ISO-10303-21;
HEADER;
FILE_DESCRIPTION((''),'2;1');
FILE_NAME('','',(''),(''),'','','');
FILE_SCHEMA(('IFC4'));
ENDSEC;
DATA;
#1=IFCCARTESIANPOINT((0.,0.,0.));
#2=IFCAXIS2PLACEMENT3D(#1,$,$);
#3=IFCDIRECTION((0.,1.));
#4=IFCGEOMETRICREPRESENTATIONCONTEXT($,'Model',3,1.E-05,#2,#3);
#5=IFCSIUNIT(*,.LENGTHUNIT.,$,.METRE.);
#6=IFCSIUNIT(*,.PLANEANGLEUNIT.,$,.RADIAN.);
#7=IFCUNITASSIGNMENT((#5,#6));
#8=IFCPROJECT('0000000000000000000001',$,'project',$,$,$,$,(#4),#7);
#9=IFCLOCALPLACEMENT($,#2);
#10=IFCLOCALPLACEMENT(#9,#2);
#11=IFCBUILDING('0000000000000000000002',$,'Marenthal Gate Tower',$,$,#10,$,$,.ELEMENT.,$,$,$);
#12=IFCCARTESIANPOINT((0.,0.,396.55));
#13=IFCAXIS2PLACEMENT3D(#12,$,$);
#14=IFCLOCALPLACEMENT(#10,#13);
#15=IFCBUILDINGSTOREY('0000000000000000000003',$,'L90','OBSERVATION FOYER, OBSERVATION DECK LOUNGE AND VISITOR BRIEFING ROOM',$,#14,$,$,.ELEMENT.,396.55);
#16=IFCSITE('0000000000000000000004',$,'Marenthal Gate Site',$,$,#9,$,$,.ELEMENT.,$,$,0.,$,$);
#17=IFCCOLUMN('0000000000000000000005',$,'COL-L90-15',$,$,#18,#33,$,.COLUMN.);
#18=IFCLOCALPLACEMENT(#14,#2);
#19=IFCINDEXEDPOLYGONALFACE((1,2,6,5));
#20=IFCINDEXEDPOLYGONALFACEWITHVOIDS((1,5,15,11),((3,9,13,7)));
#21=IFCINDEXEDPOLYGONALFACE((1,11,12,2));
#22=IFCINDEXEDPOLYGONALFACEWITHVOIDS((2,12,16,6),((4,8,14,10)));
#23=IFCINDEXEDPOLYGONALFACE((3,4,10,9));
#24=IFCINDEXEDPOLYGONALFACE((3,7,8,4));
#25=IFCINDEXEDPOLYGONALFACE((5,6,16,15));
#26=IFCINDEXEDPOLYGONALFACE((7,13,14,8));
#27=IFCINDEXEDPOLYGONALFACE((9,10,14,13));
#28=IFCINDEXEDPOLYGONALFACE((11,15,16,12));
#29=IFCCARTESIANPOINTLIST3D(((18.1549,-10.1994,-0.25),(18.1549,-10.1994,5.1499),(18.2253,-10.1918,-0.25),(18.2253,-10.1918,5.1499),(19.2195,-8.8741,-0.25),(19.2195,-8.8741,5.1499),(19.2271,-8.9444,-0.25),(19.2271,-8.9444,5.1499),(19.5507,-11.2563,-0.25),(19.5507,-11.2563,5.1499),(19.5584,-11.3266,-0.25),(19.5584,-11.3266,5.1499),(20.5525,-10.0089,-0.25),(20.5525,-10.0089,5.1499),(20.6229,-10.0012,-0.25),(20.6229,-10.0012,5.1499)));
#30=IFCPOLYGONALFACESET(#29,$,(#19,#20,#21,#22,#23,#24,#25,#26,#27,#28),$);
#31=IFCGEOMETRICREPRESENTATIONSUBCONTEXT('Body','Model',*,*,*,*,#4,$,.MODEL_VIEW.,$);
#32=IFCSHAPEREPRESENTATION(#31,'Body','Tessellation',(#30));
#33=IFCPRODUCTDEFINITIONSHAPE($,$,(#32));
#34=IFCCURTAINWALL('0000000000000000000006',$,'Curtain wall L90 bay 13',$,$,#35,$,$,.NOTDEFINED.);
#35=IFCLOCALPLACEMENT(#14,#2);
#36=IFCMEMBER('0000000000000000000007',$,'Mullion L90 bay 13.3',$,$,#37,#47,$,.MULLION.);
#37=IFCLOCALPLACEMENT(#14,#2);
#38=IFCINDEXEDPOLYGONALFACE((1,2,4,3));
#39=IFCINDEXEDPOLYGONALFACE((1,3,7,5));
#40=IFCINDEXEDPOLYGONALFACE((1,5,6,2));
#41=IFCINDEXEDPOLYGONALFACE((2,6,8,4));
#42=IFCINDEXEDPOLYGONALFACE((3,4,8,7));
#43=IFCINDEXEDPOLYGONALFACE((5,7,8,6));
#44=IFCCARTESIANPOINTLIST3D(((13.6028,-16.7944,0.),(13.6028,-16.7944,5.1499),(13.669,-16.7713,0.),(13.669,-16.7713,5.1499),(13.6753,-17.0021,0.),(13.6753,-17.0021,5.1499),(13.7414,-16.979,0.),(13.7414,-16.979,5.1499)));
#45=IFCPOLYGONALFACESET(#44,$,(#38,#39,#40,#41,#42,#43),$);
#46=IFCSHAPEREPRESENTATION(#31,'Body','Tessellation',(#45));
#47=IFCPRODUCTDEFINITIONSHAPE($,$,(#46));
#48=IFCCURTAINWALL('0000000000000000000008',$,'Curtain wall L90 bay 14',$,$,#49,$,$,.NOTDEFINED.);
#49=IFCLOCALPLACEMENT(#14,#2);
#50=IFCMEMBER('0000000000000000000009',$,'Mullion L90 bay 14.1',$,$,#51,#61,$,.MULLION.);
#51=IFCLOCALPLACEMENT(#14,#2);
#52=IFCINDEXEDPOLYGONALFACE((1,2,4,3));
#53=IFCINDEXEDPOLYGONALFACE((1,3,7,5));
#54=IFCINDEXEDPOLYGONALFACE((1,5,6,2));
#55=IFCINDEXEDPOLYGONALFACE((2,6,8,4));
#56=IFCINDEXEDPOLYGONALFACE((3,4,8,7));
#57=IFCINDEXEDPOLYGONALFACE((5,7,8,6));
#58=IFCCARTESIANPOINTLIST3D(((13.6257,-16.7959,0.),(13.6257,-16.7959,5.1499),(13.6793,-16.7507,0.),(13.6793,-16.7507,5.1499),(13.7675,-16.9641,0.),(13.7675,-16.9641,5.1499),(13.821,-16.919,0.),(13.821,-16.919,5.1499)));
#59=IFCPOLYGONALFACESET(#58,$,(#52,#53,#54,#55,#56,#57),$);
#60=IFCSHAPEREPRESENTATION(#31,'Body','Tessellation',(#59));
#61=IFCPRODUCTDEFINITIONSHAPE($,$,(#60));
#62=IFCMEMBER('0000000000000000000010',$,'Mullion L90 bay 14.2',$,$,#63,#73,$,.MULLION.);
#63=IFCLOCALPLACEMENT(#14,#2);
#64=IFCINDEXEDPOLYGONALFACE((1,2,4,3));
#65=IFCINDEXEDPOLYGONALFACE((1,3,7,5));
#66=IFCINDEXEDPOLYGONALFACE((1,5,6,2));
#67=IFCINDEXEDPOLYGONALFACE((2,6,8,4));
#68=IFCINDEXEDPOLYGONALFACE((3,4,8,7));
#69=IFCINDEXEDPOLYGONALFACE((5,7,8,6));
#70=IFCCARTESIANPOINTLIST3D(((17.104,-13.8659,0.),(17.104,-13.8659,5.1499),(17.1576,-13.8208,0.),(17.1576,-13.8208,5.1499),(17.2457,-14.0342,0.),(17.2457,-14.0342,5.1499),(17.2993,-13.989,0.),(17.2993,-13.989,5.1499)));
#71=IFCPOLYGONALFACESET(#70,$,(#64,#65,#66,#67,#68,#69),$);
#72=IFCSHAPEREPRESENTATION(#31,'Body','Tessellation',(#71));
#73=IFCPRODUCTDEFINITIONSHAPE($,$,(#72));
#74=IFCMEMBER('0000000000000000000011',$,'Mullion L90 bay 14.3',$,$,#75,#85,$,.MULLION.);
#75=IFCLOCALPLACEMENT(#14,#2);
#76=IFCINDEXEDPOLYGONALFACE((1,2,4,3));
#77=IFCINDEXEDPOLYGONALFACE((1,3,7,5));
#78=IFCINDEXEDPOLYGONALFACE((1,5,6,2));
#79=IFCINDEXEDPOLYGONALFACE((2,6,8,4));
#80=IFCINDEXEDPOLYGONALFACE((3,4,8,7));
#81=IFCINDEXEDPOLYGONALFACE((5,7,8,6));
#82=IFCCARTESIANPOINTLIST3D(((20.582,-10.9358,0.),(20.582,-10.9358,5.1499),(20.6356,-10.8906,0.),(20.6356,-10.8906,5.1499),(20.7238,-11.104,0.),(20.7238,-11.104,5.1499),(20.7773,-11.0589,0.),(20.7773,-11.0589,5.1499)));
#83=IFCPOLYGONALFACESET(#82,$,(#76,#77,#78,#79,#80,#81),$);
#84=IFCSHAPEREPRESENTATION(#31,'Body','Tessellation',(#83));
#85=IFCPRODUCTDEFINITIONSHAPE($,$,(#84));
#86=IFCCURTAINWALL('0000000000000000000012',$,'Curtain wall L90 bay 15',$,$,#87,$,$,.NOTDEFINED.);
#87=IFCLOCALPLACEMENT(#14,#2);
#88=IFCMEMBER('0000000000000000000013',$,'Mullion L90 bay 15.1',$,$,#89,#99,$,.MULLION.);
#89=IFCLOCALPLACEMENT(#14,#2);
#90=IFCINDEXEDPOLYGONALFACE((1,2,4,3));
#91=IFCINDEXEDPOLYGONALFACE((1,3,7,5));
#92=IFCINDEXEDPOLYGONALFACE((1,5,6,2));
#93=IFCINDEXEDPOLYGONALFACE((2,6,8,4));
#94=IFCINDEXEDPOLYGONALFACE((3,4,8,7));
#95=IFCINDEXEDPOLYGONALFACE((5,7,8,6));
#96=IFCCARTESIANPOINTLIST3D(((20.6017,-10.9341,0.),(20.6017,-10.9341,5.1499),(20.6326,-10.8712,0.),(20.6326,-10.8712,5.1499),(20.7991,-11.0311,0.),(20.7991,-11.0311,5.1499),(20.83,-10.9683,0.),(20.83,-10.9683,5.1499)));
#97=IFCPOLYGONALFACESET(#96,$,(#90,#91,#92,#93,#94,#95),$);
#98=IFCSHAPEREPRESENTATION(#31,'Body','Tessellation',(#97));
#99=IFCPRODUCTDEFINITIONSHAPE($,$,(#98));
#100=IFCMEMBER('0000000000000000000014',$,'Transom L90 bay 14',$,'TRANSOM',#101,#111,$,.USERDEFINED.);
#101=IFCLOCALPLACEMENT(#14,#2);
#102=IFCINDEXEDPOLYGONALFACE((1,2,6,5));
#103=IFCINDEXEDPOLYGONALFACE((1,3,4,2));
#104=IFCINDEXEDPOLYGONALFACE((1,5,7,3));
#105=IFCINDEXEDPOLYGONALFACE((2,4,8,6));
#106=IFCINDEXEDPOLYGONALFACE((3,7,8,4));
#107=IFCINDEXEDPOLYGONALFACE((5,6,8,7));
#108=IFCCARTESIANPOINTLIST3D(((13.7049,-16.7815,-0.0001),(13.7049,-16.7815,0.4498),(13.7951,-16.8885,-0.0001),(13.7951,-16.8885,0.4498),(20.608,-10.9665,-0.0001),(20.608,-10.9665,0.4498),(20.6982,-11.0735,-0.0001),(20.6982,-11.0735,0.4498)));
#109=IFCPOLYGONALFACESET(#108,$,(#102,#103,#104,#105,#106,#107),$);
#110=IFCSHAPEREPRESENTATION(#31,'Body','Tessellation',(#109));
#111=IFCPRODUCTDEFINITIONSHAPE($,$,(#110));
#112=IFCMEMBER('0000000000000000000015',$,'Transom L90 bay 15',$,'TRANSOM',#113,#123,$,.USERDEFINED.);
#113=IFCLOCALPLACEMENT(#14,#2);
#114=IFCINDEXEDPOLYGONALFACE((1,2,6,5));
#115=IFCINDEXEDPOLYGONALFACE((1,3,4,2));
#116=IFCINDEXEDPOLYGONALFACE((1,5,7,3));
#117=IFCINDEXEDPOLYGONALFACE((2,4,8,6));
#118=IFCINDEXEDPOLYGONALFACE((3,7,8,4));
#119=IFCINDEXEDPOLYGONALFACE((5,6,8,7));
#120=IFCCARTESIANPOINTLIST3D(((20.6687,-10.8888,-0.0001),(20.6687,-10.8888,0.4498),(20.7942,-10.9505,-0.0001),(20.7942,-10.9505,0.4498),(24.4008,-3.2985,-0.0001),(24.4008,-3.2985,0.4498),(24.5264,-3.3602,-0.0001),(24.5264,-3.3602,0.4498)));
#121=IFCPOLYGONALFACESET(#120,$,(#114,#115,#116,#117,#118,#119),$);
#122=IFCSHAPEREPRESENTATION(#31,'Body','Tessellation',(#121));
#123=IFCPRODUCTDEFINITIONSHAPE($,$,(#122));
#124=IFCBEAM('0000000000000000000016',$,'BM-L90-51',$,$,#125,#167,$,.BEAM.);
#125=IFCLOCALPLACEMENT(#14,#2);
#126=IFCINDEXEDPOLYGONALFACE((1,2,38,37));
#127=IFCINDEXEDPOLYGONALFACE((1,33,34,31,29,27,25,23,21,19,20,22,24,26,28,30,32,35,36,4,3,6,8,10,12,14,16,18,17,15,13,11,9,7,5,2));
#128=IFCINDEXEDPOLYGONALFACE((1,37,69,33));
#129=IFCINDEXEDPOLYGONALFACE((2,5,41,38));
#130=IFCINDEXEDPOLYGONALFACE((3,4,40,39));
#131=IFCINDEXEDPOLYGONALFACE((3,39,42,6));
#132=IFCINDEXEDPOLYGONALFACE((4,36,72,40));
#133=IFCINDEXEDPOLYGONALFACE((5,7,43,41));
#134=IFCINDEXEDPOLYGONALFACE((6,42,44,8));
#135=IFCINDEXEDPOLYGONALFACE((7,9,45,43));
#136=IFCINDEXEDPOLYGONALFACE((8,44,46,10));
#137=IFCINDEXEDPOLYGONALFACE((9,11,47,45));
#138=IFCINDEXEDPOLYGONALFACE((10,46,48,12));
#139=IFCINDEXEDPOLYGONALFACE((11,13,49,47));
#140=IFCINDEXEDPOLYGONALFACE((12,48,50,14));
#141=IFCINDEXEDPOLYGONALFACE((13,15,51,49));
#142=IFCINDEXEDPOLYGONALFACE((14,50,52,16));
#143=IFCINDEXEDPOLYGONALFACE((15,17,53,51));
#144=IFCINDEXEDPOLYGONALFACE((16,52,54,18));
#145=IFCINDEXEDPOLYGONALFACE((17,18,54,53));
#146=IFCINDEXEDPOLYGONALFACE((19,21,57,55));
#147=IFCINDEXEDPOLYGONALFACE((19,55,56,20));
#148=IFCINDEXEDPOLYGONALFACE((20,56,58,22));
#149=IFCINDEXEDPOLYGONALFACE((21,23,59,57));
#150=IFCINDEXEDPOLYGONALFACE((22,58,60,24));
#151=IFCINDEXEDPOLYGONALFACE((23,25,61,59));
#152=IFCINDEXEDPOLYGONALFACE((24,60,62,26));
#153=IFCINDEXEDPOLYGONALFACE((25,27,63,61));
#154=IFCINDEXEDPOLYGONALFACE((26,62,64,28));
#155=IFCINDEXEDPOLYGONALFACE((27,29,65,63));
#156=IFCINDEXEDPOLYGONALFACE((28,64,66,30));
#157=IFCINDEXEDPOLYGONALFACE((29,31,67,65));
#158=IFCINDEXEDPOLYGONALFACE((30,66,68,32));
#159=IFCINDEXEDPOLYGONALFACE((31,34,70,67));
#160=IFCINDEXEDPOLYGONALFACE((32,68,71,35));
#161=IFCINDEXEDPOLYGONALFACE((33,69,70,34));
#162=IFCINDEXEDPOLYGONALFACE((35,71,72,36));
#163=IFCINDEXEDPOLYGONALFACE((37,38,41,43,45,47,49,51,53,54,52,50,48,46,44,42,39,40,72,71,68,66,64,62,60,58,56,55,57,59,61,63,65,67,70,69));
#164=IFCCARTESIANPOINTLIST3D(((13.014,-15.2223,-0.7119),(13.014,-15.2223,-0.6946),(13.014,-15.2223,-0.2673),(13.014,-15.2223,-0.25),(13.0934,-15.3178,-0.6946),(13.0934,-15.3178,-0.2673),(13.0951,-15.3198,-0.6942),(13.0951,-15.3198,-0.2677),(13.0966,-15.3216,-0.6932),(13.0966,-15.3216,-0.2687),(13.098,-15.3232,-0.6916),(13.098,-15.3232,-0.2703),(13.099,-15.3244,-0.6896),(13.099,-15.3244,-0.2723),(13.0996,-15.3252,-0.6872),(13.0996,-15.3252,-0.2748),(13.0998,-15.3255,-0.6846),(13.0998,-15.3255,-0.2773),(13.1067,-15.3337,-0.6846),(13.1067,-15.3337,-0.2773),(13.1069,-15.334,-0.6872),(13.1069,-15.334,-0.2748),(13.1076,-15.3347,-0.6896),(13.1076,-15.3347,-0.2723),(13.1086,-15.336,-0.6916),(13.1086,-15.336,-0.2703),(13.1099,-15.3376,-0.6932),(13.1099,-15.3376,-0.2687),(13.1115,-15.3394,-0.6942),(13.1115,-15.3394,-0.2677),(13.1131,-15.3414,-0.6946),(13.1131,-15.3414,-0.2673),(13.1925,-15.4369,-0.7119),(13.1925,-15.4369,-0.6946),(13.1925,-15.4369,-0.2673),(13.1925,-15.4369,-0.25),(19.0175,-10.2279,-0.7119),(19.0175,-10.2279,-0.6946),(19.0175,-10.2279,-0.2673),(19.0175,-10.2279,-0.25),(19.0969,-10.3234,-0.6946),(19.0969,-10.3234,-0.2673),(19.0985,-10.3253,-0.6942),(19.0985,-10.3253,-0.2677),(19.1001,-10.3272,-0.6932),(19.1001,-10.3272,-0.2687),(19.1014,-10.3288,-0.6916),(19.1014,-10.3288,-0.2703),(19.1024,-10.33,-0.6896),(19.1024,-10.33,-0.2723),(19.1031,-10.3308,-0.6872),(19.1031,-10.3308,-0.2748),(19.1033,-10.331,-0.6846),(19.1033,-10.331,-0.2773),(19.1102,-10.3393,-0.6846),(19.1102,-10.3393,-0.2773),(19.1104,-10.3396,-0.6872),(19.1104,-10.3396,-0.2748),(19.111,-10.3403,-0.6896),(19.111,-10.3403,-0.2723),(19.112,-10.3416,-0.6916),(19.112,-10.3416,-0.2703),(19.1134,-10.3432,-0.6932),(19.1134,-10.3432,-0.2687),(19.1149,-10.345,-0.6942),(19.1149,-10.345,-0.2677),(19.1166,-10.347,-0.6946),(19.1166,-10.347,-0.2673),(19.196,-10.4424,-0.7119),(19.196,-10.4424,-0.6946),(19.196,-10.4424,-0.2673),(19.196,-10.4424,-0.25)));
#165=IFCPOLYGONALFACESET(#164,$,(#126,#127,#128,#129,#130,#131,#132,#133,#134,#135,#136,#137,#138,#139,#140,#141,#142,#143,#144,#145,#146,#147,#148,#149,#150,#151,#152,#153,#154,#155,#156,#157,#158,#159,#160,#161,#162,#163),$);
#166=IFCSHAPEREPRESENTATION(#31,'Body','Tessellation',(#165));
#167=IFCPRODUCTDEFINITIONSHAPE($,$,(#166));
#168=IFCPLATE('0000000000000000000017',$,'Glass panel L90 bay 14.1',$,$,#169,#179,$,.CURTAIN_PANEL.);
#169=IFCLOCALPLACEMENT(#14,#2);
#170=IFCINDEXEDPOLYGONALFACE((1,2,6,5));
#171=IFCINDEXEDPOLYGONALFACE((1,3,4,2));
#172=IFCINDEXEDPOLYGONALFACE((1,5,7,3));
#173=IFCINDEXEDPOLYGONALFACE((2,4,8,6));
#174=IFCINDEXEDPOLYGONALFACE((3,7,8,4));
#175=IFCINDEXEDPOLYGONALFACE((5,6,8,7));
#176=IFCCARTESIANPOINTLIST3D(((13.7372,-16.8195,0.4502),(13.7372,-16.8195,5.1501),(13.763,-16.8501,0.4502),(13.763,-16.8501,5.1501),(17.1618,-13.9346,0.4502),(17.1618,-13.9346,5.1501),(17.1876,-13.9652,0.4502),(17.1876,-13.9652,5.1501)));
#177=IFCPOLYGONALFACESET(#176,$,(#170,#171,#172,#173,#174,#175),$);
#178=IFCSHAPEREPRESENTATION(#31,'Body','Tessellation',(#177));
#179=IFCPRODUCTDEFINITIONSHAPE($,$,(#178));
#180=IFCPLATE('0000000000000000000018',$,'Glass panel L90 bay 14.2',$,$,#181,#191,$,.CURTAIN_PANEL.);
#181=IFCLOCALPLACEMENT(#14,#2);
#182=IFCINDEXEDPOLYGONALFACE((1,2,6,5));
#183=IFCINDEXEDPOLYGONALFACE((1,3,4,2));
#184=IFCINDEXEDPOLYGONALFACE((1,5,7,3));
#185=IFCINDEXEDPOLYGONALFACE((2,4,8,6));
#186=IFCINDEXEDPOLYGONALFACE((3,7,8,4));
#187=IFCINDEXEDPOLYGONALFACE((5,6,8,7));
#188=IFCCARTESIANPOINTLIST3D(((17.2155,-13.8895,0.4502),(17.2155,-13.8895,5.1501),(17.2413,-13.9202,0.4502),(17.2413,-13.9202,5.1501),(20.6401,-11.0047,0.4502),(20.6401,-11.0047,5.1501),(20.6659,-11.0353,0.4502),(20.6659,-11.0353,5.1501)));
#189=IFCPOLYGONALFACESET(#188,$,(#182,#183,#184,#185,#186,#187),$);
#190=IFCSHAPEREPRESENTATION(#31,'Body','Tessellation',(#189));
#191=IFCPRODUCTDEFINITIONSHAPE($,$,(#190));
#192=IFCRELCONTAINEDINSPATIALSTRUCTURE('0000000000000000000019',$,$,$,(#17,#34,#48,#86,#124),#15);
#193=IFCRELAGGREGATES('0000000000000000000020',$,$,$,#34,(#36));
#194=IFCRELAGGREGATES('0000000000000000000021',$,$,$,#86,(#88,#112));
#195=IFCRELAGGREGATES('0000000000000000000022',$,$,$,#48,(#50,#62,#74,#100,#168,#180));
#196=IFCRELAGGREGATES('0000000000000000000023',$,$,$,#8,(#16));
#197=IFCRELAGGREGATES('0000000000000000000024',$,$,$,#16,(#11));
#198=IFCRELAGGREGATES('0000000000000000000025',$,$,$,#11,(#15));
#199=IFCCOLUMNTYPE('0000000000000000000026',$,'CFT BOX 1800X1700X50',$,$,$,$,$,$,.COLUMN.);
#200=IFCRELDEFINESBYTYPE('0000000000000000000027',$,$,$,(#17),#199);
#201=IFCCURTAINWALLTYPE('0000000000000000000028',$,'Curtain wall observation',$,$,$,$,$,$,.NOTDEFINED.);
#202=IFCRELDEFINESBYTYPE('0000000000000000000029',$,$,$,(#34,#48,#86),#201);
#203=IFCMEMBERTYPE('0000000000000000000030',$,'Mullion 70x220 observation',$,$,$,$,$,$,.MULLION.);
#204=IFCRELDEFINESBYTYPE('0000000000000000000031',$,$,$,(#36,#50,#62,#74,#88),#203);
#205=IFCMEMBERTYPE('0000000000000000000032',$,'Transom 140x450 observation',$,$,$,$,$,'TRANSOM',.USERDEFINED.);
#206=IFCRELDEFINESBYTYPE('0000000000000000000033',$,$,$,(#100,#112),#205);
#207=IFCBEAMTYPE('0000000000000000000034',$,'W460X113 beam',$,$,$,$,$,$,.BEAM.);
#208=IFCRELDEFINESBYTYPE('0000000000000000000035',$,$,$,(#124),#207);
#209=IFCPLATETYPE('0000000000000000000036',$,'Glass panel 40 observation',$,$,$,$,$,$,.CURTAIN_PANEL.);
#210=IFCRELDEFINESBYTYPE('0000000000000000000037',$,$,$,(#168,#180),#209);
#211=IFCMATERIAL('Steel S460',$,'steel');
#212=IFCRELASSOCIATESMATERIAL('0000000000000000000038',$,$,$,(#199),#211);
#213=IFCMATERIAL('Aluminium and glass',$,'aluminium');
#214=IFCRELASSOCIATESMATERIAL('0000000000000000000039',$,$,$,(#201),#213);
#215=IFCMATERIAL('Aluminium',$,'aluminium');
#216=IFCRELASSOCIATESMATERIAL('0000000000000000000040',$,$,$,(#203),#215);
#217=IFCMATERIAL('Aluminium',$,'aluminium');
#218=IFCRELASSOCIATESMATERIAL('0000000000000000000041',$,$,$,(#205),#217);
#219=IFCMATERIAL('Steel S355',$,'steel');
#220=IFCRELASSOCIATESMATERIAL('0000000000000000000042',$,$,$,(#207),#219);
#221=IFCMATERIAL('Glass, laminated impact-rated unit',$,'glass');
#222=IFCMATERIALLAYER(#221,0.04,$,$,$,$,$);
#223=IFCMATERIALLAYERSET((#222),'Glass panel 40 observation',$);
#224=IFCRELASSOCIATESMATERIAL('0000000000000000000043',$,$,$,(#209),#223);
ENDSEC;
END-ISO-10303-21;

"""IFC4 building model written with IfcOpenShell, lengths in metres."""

from ifc_helpers import new_model, si_unit, direction, frame, origin, origin_2d, place, context, subcontext, project, spatial, rectangle, hollow_rectangle, i_section, extrude, material, layer, layer_set, material_profile, profile_set, type_object, element, aggregate, save


model = new_model("IFC4")

# Units and contexts
model_context = context("Model", 3, precision=1e-05, world=origin(), true_north=direction((0.0, 1.0)))
body_context = subcontext(model_context, "Body", "Model", "MODEL_VIEW")
ifc_project = project(units=[si_unit("LENGTHUNIT", "METRE"), si_unit("PLANEANGLEUNIT", "RADIAN")], contexts=[model_context])

# Site, building, storey
site_placement = place(None, origin())
site = spatial("IfcSite", under=ifc_project, at=site_placement, Name="Marenthal Gate Site", CompositionType="ELEMENT", RefElevation=0.0)
building_placement = place(site_placement, origin())
building = spatial("IfcBuilding", under=site, at=building_placement, Name="Marenthal Gate Tower", CompositionType="ELEMENT")
storey_placement = place(building_placement, frame((0.0, 0.0, 396.55)))
storey = spatial("IfcBuildingStorey", under=building, at=storey_placement, Name="L90", Description="OBSERVATION FOYER, OBSERVATION DECK LOUNGE AND VISITOR BRIEFING ROOM", CompositionType="ELEMENT", Elevation=396.55)

# Column
ifc_material_1 = material(Name="Steel S460", Category="steel")
ifc_material_profile_1 = material_profile(ifc_material_1, hollow_rectangle(XDim=1.7, YDim=1.8, WallThickness=0.05, at=origin_2d()), Name="CFT BOX 1800X1700X50")
ifc_material_2 = material(Name="Concrete 70 MPa", Category="concrete")
ifc_material_profile_2 = material_profile(ifc_material_2, rectangle(XDim=1.6001, YDim=1.7, at=origin_2d()), Name="CFT BOX 1800X1700X50 INFILL")
ifc_profile_set_1 = profile_set([ifc_material_profile_1, ifc_material_profile_2], Name="Steel S460 shell, Concrete 70 MPa infill")
column_type = type_object("IfcColumnType", Name="CFT BOX 1800X1700X50", PredefinedType="COLUMN", material=ifc_profile_set_1)
column_placement = place(storey_placement, frame((19.3889, -10.1003, -0.25), z_axis=(0.0, 0.0, 1.0), x_axis=(-0.626198, -0.779664, 0.0)))
element("IfcColumn", 1, at=column_placement, inside=storey, type_object=column_type, Name="COL-L90-15", PredefinedType="COLUMN", context=body_context, shape_type="SweptSolid", body=[
    extrude(hollow_rectangle(XDim=1.7, YDim=1.8, WallThickness=0.05, at=origin_2d()), origin(), (0.0, 0.0, 1.0), 5.3999),
])

# Curtain wall, member
ifc_material_3 = material(Name="Aluminium and glass", Category="aluminium")
curtain_wall_type = type_object("IfcCurtainWallType", Name="Curtain wall observation", PredefinedType="NOTDEFINED", material=ifc_material_3)
curtain_wall_1_placement = place(storey_placement, origin())
curtain_wall_1 = element("IfcCurtainWall", 2, at=curtain_wall_1_placement, inside=storey, type_object=curtain_wall_type, Name="Curtain wall L90 bay 13", PredefinedType="NOTDEFINED")
ifc_material_4 = material(Name="Aluminium", Category="aluminium")
ifc_material_profile_3 = material_profile(ifc_material_4, rectangle(XDim=0.22, YDim=0.0701, at=origin_2d()), Name="70x220 aluminium mullion")
ifc_profile_set_2 = profile_set([ifc_material_profile_3], Name="Aluminium")
member_type_1 = type_object("IfcMemberType", Name="Mullion 70x220 observation", PredefinedType="MULLION", material=ifc_profile_set_2)
member_1_placement = place(storey_placement, frame((13.6721, -16.8867, 0.0), z_axis=(0.0, 0.0, 1.0), x_axis=(-0.329454, 0.944172, 0.0)))
member_1 = element("IfcMember", 3, at=member_1_placement, type_object=member_type_1, Name="Mullion L90 bay 13.3", PredefinedType="MULLION", context=body_context, shape_type="SweptSolid", body=[
    extrude(rectangle(XDim=0.22, YDim=0.0701, at=origin_2d()), origin(), (0.0, 0.0, 1.0), 5.1499),
])
aggregate(curtain_wall_1, [member_1])

# Curtain wall, members
curtain_wall_2_placement = place(storey_placement, origin())
curtain_wall_2 = element("IfcCurtainWall", 4, at=curtain_wall_2_placement, inside=storey, type_object=curtain_wall_type, Name="Curtain wall L90 bay 14", PredefinedType="NOTDEFINED")
member_2_placement = place(storey_placement, frame((13.7234, -16.8574, 0.0), z_axis=(0.0, 0.0, 1.0), x_axis=(-0.644265, 0.764802, 0.0)))
member_2 = element("IfcMember", 5, at=member_2_placement, type_object=member_type_1, Name="Mullion L90 bay 14.1", PredefinedType="MULLION", context=body_context, shape_type="SweptSolid", body=[
    extrude(rectangle(XDim=0.22, YDim=0.0701, at=origin_2d()), origin(), (0.0, 0.0, 1.0), 5.1499),
])
member_3_placement = place(storey_placement, frame((17.2017, -13.9275, 0.0), z_axis=(0.0, 0.0, 1.0), x_axis=(-0.644265, 0.764802, 0.0)))
member_3 = element("IfcMember", 6, at=member_3_placement, type_object=member_type_1, Name="Mullion L90 bay 14.2", PredefinedType="MULLION", context=body_context, shape_type="SweptSolid", body=[
    extrude(rectangle(XDim=0.22, YDim=0.0701, at=origin_2d()), origin(), (0.0, 0.0, 1.0), 5.1499),
])
member_4_placement = place(storey_placement, frame((20.6797, -10.9973, 0.0), z_axis=(0.0, 0.0, 1.0), x_axis=(-0.644265, 0.764802, 0.0)))
member_4 = element("IfcMember", 7, at=member_4_placement, type_object=member_type_1, Name="Mullion L90 bay 14.3", PredefinedType="MULLION", context=body_context, shape_type="SweptSolid", body=[
    extrude(rectangle(XDim=0.22, YDim=0.0701, at=origin_2d()), origin(), (0.0, 0.0, 1.0), 5.1499),
])

# Curtain wall, member
curtain_wall_3_placement = place(storey_placement, origin())
curtain_wall_3 = element("IfcCurtainWall", 8, at=curtain_wall_3_placement, inside=storey, type_object=curtain_wall_type, Name="Curtain wall L90 bay 15", PredefinedType="NOTDEFINED")
member_5_placement = place(storey_placement, frame((20.7158, -10.9512, 0.0), z_axis=(0.0, 0.0, 1.0), x_axis=(-0.897386, 0.441247, 0.0)))
member_5 = element("IfcMember", 9, at=member_5_placement, type_object=member_type_1, Name="Mullion L90 bay 15.1", PredefinedType="MULLION", context=body_context, shape_type="SweptSolid", body=[
    extrude(rectangle(XDim=0.22, YDim=0.0701, at=origin_2d()), origin(), (0.0, 0.0, 1.0), 5.1499),
])

# Members
ifc_material_5 = material(Name="Aluminium", Category="aluminium")
ifc_material_profile_4 = material_profile(ifc_material_5, rectangle(XDim=0.1399, YDim=0.45, at=origin_2d()), Name="140x450 aluminium transom")
ifc_profile_set_3 = profile_set([ifc_material_profile_4], Name="Aluminium")
member_type_2 = type_object("IfcMemberType", Name="Transom 140x450 observation", ElementType="TRANSOM", PredefinedType="USERDEFINED", material=ifc_profile_set_3)
member_6_placement = place(storey_placement, frame((13.75, -16.835, 0.2249), z_axis=(0.764812, 0.644254, 0.0), x_axis=(-0.644254, 0.764812, 0.0)))
member_6 = element("IfcMember", 10, at=member_6_placement, type_object=member_type_2, Name="Transom L90 bay 14", ObjectType="TRANSOM", PredefinedType="USERDEFINED", context=body_context, shape_type="SweptSolid", body=[
    extrude(rectangle(XDim=0.1399, YDim=0.45, at=origin_2d()), origin(), (0.0, 0.0, 1.0), 9.0259),
])
member_7_placement = place(storey_placement, frame((20.7314, -10.9197, 0.2249), z_axis=(0.441246, 0.897386, 0.0), x_axis=(-0.897386, 0.441246, 0.0)))
member_7 = element("IfcMember", 11, at=member_7_placement, type_object=member_type_2, Name="Transom L90 bay 15", ObjectType="TRANSOM", PredefinedType="USERDEFINED", context=body_context, shape_type="SweptSolid", body=[
    extrude(rectangle(XDim=0.1399, YDim=0.45, at=origin_2d()), origin(), (0.0, 0.0, 1.0), 8.4583),
])
aggregate(curtain_wall_3, [member_5, member_7])

# Beam
ifc_material_6 = material(Name="Steel S355", Category="steel")
ifc_material_profile_5 = material_profile(ifc_material_6, i_section(OverallWidth=0.2791, OverallDepth=0.4619, WebThickness=0.0107, FlangeThickness=0.0173, FilletRadius=0.01, at=origin_2d()), Name="W460X113")
ifc_profile_set_4 = profile_set([ifc_material_profile_5], Name="Steel S355")
beam_type = type_object("IfcBeamType", Name="W460X113 beam", PredefinedType="BEAM", material=ifc_profile_set_4)
beam_placement = place(storey_placement, frame((13.1033, -15.3296, -0.481), z_axis=(0.768754, 0.639545, 0.0), x_axis=(-0.639545, 0.768754, 0.0)))
element("IfcBeam", 12, at=beam_placement, inside=storey, type_object=beam_type, Name="BM-L90-51", PredefinedType="BEAM", context=body_context, shape_type="SweptSolid", body=[
    extrude(i_section(OverallWidth=0.2791, OverallDepth=0.4619, WebThickness=0.0107, FlangeThickness=0.0173, FilletRadius=0.01, at=origin_2d()), origin(), (0.0, 0.0, 1.0), 7.8093),
])

# Plates
ifc_material_7 = material(Name="Glass, laminated impact-rated unit", Category="glass")
ifc_layer_1 = layer(ifc_material_7, 0.04)
ifc_layer_set_1 = layer_set([ifc_layer_1], Name="Glass panel 40 observation")
plate_type = type_object("IfcPlateType", Name="Glass panel 40 observation", PredefinedType="CURTAIN_PANEL", material=ifc_layer_set_1)
plate_1_placement = place(storey_placement, frame((15.4624, -15.3923, 0.4502), z_axis=(0.0, 0.0, 1.0), x_axis=(0.764802, 0.644265, 0.0)))
plate_1 = element("IfcPlate", 13, at=plate_1_placement, type_object=plate_type, Name="Glass panel L90 bay 14.1", PredefinedType="CURTAIN_PANEL", context=body_context, shape_type="SweptSolid", body=[
    extrude(rectangle(XDim=4.4778, YDim=0.04, at=origin_2d()), origin(), (0.0, 0.0, 1.0), 4.7),
])
plate_2_placement = place(storey_placement, frame((18.9407, -12.4624, 0.4502), z_axis=(0.0, 0.0, 1.0), x_axis=(0.764802, 0.644265, 0.0)))
plate_2 = element("IfcPlate", 14, at=plate_2_placement, type_object=plate_type, Name="Glass panel L90 bay 14.2", PredefinedType="CURTAIN_PANEL", context=body_context, shape_type="SweptSolid", body=[
    extrude(rectangle(XDim=4.4778, YDim=0.04, at=origin_2d()), origin(), (0.0, 0.0, 1.0), 4.7),
])
aggregate(curtain_wall_2, [member_2, member_3, member_4, member_6, plate_1, plate_2])

save(model, "model.ifc")
